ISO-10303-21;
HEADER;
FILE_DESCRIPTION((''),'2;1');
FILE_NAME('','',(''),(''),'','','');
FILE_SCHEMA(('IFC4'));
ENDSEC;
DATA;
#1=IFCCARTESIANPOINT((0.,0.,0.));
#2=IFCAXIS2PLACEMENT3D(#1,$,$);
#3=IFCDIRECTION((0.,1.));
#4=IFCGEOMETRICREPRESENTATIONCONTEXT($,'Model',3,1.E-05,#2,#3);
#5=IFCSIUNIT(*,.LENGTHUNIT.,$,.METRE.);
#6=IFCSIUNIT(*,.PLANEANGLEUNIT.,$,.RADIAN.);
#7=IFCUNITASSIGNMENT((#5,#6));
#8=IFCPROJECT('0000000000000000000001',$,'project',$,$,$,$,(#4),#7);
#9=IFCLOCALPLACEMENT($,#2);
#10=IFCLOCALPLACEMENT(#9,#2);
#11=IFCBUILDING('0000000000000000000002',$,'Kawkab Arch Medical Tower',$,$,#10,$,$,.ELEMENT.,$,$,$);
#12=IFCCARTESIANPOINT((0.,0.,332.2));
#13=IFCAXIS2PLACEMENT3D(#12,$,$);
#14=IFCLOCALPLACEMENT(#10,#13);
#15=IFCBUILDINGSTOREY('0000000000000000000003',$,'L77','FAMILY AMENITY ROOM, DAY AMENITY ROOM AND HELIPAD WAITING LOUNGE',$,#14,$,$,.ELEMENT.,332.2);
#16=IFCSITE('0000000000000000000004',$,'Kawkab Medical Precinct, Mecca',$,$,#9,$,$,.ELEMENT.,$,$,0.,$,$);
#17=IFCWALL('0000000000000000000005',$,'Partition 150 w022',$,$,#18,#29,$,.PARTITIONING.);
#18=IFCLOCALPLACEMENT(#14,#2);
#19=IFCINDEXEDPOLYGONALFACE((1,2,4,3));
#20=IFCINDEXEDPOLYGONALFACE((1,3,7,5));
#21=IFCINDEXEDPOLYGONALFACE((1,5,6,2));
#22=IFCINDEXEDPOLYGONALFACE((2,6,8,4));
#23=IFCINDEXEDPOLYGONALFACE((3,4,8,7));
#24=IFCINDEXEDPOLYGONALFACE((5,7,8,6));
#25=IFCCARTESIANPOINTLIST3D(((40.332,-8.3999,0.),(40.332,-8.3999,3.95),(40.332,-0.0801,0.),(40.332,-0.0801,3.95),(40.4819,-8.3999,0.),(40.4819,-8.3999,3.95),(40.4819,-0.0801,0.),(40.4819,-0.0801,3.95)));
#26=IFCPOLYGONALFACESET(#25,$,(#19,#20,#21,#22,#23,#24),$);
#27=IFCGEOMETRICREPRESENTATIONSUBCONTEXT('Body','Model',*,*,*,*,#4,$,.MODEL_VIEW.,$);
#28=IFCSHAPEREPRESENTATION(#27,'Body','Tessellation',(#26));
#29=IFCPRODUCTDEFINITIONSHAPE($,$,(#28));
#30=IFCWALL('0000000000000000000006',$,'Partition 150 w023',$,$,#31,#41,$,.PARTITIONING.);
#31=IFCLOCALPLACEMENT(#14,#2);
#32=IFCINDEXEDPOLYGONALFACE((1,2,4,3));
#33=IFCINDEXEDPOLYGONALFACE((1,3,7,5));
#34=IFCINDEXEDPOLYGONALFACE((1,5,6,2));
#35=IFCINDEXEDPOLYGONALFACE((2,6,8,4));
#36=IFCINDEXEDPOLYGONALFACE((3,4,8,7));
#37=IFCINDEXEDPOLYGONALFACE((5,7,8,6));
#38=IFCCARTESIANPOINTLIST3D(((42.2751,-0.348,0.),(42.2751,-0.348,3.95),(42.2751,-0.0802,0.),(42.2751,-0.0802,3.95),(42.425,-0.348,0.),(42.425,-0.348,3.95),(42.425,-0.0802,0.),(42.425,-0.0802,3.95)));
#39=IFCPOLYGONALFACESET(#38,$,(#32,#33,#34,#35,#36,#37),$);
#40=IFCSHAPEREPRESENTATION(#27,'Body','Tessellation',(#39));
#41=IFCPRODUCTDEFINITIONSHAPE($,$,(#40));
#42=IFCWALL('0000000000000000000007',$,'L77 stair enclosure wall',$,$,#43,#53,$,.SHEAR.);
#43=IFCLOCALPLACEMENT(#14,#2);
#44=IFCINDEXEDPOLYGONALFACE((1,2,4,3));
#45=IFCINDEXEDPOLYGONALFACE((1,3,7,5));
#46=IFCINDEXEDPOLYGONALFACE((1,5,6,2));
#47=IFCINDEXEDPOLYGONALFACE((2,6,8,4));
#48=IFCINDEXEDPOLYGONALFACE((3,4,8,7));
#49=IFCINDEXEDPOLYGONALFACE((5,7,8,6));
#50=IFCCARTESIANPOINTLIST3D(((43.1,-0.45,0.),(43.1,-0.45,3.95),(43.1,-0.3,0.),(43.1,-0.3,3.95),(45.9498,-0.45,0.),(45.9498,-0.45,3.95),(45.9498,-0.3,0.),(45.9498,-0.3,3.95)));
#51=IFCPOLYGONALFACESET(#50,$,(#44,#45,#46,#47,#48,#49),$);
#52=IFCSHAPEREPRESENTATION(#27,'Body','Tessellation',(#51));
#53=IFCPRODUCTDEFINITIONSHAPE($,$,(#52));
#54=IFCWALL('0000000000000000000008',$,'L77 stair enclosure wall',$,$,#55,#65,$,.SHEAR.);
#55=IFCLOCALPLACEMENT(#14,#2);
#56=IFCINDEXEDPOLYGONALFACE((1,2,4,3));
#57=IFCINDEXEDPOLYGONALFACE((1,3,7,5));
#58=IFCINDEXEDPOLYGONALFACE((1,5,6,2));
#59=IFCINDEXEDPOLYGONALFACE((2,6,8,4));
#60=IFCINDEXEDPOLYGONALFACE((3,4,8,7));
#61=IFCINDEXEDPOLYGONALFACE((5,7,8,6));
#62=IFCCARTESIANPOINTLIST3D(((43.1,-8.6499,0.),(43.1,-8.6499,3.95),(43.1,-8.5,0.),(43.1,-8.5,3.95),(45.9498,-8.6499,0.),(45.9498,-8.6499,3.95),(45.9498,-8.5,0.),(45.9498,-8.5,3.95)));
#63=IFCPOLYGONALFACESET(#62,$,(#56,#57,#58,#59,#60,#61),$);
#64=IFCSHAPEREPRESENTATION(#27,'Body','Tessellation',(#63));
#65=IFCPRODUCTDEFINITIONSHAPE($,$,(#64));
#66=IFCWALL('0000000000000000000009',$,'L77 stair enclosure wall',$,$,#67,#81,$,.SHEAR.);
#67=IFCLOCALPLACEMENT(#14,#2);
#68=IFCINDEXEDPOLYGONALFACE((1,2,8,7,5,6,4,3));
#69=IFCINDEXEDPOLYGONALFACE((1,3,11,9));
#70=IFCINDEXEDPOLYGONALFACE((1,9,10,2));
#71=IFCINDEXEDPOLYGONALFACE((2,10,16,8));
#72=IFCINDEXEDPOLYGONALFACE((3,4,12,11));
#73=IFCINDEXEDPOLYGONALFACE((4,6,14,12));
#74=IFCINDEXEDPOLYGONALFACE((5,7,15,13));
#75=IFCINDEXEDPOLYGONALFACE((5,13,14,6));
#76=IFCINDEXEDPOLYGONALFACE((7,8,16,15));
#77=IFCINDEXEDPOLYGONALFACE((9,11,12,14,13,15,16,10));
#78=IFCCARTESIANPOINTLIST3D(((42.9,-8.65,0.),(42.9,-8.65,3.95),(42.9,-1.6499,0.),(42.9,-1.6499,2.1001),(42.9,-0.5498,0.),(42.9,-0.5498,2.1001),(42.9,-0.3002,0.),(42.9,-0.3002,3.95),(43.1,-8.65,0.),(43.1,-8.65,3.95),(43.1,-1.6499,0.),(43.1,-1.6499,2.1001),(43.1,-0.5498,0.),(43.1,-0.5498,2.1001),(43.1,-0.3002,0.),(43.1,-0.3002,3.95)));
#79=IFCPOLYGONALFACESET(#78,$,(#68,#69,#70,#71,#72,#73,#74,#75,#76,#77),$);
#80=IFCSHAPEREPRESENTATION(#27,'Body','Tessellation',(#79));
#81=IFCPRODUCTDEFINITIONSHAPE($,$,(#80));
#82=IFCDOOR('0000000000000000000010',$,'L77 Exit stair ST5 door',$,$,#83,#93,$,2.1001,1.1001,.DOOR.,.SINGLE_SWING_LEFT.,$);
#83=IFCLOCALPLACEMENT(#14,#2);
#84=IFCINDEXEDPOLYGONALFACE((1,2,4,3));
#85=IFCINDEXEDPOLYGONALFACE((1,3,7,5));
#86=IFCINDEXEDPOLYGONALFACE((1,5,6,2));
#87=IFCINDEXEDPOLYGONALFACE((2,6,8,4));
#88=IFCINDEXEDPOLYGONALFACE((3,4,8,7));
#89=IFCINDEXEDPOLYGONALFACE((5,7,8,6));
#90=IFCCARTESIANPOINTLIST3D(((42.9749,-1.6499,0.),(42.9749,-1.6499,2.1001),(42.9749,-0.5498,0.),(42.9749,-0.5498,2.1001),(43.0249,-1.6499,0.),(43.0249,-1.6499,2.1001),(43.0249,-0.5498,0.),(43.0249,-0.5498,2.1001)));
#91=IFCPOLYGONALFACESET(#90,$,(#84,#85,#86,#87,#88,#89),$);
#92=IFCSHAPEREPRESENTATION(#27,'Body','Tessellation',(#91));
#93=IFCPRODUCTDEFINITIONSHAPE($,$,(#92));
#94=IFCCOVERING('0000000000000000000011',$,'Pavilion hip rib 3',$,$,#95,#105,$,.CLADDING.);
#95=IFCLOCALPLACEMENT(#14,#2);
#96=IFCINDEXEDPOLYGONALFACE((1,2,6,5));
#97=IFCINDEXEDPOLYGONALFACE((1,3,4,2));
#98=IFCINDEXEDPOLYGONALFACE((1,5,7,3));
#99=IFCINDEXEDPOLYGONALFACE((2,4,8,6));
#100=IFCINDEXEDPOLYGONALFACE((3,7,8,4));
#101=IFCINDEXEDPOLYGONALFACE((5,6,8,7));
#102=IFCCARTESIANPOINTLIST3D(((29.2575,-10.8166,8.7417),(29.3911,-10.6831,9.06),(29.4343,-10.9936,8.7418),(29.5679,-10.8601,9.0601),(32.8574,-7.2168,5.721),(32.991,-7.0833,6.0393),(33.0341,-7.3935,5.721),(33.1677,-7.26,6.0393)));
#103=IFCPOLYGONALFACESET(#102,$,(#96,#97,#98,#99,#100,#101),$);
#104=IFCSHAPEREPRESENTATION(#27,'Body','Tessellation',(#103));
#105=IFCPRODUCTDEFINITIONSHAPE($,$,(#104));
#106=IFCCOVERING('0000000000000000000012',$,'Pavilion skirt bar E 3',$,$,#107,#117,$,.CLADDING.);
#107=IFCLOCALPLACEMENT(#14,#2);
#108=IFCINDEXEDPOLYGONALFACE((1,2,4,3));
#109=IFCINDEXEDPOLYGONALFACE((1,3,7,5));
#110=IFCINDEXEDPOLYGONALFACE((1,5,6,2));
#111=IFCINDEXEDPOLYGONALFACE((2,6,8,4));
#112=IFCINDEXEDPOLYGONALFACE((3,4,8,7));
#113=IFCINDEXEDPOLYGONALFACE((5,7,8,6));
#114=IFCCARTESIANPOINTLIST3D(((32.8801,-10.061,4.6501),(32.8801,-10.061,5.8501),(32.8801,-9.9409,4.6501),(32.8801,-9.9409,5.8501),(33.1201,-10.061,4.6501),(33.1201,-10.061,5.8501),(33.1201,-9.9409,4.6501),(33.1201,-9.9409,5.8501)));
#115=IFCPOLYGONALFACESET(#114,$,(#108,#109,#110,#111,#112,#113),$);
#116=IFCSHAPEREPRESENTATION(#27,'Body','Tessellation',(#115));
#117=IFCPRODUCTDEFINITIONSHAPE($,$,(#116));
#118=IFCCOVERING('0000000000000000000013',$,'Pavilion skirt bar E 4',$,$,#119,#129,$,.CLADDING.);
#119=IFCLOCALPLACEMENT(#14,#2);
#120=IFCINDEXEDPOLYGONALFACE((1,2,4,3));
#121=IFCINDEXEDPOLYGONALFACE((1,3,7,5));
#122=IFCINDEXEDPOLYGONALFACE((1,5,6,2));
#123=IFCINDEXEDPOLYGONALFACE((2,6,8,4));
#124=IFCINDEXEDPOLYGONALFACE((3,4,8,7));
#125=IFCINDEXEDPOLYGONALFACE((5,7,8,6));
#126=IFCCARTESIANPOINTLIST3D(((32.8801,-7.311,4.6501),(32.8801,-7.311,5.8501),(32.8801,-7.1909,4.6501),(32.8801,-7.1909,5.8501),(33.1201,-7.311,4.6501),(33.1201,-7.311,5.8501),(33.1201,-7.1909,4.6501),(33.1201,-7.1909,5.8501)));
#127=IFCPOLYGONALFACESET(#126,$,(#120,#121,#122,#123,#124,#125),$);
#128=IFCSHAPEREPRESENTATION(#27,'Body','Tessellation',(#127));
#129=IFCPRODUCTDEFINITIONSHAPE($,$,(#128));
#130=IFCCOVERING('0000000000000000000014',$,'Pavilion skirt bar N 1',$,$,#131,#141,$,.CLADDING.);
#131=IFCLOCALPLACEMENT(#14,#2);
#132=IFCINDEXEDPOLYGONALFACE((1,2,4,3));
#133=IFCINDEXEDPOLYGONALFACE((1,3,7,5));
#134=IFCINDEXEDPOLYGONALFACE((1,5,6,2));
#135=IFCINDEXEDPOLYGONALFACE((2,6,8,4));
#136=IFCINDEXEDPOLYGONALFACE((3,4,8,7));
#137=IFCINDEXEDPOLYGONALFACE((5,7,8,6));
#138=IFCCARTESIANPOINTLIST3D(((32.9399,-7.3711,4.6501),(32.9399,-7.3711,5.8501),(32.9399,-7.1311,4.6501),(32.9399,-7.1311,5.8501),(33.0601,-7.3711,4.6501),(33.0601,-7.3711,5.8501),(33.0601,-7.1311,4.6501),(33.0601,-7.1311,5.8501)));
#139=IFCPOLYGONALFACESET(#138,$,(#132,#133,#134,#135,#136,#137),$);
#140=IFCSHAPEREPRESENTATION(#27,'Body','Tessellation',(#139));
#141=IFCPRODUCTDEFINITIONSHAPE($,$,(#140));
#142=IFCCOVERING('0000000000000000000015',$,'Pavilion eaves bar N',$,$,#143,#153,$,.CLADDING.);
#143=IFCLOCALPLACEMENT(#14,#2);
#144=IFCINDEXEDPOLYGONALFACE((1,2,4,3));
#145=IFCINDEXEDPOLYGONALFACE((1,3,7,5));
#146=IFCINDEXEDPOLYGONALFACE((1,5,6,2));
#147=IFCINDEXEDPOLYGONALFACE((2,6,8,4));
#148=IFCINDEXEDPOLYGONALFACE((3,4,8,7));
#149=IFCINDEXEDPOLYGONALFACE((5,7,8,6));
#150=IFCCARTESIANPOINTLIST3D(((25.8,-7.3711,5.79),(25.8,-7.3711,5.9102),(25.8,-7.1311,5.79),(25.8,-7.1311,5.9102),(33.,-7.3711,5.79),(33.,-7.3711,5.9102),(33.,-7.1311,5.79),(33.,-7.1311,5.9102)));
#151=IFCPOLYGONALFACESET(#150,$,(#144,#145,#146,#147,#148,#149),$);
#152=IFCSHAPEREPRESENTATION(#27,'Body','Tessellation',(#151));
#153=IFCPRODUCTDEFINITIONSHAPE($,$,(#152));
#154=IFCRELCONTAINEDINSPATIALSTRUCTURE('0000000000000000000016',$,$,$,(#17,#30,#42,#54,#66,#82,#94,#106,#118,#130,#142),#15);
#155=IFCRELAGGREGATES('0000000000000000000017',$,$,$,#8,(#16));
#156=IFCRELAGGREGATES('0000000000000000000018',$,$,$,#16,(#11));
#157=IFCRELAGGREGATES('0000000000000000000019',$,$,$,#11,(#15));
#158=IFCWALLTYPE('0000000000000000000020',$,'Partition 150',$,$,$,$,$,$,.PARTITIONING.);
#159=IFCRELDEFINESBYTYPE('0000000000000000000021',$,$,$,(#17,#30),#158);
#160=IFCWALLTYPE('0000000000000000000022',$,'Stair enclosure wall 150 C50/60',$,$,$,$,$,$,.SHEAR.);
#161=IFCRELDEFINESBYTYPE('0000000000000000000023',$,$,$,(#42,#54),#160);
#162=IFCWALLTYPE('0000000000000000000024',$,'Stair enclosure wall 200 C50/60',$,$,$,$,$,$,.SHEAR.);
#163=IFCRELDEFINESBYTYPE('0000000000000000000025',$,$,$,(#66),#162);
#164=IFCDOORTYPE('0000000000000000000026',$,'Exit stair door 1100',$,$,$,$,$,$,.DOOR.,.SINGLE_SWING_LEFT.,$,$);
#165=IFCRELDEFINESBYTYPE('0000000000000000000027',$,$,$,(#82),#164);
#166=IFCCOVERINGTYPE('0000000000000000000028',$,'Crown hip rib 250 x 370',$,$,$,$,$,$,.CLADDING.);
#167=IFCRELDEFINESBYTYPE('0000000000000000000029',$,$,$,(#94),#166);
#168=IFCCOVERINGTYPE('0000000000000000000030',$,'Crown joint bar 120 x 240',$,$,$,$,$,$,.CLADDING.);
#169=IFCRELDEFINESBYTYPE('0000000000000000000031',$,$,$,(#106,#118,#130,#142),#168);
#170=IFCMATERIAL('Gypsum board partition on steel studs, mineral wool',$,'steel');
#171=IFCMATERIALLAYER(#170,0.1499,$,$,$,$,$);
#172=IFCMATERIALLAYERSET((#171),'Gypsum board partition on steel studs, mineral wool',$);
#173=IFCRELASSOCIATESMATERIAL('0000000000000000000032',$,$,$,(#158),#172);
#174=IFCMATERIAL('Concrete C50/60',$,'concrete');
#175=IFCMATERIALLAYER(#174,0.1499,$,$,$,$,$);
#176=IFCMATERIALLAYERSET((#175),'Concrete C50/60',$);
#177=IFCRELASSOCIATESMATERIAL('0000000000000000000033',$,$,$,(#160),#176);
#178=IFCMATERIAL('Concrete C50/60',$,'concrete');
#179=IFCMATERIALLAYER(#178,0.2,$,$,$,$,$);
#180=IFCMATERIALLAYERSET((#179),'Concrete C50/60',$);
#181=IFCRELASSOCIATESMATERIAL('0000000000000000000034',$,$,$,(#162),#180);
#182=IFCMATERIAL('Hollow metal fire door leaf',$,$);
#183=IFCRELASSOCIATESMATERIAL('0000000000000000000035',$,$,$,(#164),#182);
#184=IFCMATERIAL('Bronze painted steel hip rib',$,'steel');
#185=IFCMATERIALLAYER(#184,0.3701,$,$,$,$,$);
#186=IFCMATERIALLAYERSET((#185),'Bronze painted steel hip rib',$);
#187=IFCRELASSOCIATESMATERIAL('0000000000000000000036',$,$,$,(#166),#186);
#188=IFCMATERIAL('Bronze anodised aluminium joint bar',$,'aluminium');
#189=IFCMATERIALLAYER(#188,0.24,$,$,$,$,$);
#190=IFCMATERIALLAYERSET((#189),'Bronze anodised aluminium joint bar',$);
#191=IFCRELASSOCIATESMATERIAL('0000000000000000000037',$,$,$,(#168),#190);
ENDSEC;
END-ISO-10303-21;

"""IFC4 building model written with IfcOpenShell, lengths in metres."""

from ifc_helpers import new_model, si_unit, direction, frame, frame_2d, origin, place, context, subcontext, project, spatial, polyline, rectangle, outline, extrude, material, layer, layer_set, type_object, element, fill, save


model = new_model("IFC4")

# Units and contexts
model_context = context("Model", 3, precision=1e-05, world=origin(), true_north=direction((0.0, 1.0)))
body_context = subcontext(model_context, "Body", "Model", "MODEL_VIEW")
ifc_project = project(units=[si_unit("LENGTHUNIT", "METRE"), si_unit("PLANEANGLEUNIT", "RADIAN")], contexts=[model_context])

# Site, building, storey
site_placement = place(None, origin())
site = spatial("IfcSite", under=ifc_project, at=site_placement, Name="Kawkab Medical Precinct, Mecca", CompositionType="ELEMENT", RefElevation=0.0)
building_placement = place(site_placement, origin())
building = spatial("IfcBuilding", under=site, at=building_placement, Name="Kawkab Arch Medical Tower", CompositionType="ELEMENT")
storey_placement = place(building_placement, frame((0.0, 0.0, 332.2)))
storey = spatial("IfcBuildingStorey", under=building, at=storey_placement, Name="L77", Description="FAMILY AMENITY ROOM, DAY AMENITY ROOM AND HELIPAD WAITING LOUNGE", CompositionType="ELEMENT", Elevation=332.2)

# Walls
ifc_material_1 = material(Name="Gypsum board partition on steel studs, mineral wool", Category="steel")
ifc_layer_1 = layer(ifc_material_1, 0.1499)
ifc_layer_set_1 = layer_set([ifc_layer_1], Name="Gypsum board partition on steel studs, mineral wool")
wall_type_1 = type_object("IfcWallType", Name="Partition 150", PredefinedType="PARTITIONING", material=ifc_layer_set_1)
wall_1_placement = place(storey_placement, frame((40.407, -8.3999, 0.0), z_axis=(0.0, 0.0, 1.0), x_axis=(0.0, 1.0, 0.0)))
element("IfcWall", 1, at=wall_1_placement, inside=storey, type_object=wall_type_1, Name="Partition 150 w022", PredefinedType="PARTITIONING", context=body_context, shape_type="SweptSolid", body=[
    extrude(rectangle(XDim=8.3198, YDim=0.1499, at=frame_2d((4.1599, 0.0))), origin(), (0.0, 0.0, 1.0), 3.95),
])
wall_2_placement = place(storey_placement, frame((42.3501, -0.3479, 0.0), z_axis=(0.0, 0.0, 1.0), x_axis=(0.0, 1.0, 0.0)))
element("IfcWall", 2, at=wall_2_placement, inside=storey, type_object=wall_type_1, Name="Partition 150 w023", PredefinedType="PARTITIONING", context=body_context, shape_type="SweptSolid", body=[
    extrude(rectangle(XDim=0.2678, YDim=0.1499, at=frame_2d((0.1338, 0.0))), origin(), (0.0, 0.0, 1.0), 3.95),
])
ifc_material_2 = material(Name="Concrete C50/60", Category="concrete")
ifc_layer_2 = layer(ifc_material_2, 0.1499)
ifc_layer_set_2 = layer_set([ifc_layer_2], Name="Concrete C50/60")
wall_type_2 = type_object("IfcWallType", Name="Stair enclosure wall 150 C50/60", PredefinedType="SHEAR", material=ifc_layer_set_2)
for number, where, z_axis, x_axis, name in (
    (3, (43.1001, -0.375, 0.0), (0.0, 0.0, 1.0), (1.0, 0.0, 0.0), "L77 stair enclosure wall"),
    (4, (43.1001, -8.575, 0.0), (0.0, 0.0, 1.0), (1.0, 0.0, 0.0), "L77 stair enclosure wall"),
):
    element("IfcWall", number, at=place(storey_placement, frame(where, z_axis=z_axis, x_axis=x_axis)), inside=storey, type_object=wall_type_2, Name=name, PredefinedType="SHEAR", context=body_context, shape_type="SweptSolid", body=[
        extrude(rectangle(XDim=2.8499, YDim=0.1499, at=frame_2d((1.4248, 0.0))), origin(), (0.0, 0.0, 1.0), 3.95),
    ])

# Wall, opening, door
ifc_material_3 = material(Name="Concrete C50/60", Category="concrete")
ifc_layer_3 = layer(ifc_material_3, 0.2)
ifc_layer_set_3 = layer_set([ifc_layer_3], Name="Concrete C50/60")
wall_type_3 = type_object("IfcWallType", Name="Stair enclosure wall 200 C50/60", PredefinedType="SHEAR", material=ifc_layer_set_3)
wall_3_placement = place(storey_placement, frame((43.0, -8.6499, 0.0), z_axis=(0.0, 0.0, 1.0), x_axis=(0.0, 1.0, 0.0)))
wall_3 = element("IfcWall", 5, at=wall_3_placement, inside=storey, type_object=wall_type_3, Name="L77 stair enclosure wall", PredefinedType="SHEAR", context=body_context, shape_type="SweptSolid", body=[
    extrude(rectangle(XDim=8.3499, YDim=0.2, at=frame_2d((4.1748, 0.0))), origin(), (0.0, 0.0, 1.0), 3.95),
])
opening_placement = place(wall_3_placement, frame((7.0, 0.0, 0.0)))
opening = element("IfcOpeningElement", 6, at=opening_placement, cuts=wall_3, PredefinedType="OPENING", context=body_context, shape_type="SweptSolid", body=[
    extrude(rectangle(XDim=1.1001, YDim=2.1001, at=frame_2d((0.55, 1.05))), frame((0.0, 0.1099, 0.0), z_axis=(0.0, -1.0, 0.0), x_axis=(1.0, 0.0, 0.0)), (0.0, 0.0, 1.0), 0.22),
])
ifc_material_4 = material(Name="Hollow metal fire door leaf")
door_type = type_object("IfcDoorType", Name="Exit stair door 1100", OperationType="SINGLE_SWING_LEFT", PredefinedType="DOOR", material=ifc_material_4)
door_placement = place(opening_placement, frame((1.1001, 0.0, 0.0), z_axis=(0.0, 0.0, 1.0), x_axis=(-1.0, 0.0, 0.0)))
door = element("IfcDoor", 7, at=door_placement, inside=storey, type_object=door_type, Name="L77 Exit stair ST5 door", OperationType="SINGLE_SWING_LEFT", OverallHeight=2.1001, OverallWidth=1.1001, PredefinedType="DOOR", context=body_context, shape_type="SweptSolid", body=[
    extrude(rectangle(XDim=1.1001, YDim=2.1001, at=frame_2d((0.55, 1.05))), frame((0.0, 0.0249, 0.0), z_axis=(0.0, -1.0, 0.0), x_axis=(1.0, 0.0, 0.0)), (0.0, 0.0, 1.0), 0.05),
])
fill(opening, door)

# Coverings
ifc_material_5 = material(Name="Bronze painted steel hip rib", Category="steel")
ifc_layer_4 = layer(ifc_material_5, 0.3701)
ifc_layer_set_4 = layer_set([ifc_layer_4], Name="Bronze painted steel hip rib")
covering_type_1 = type_object("IfcCoveringType", Name="Crown hip rib 250 x 370", PredefinedType="CLADDING", material=ifc_layer_set_4)
covering_1_placement = place(storey_placement, frame((32.991, -7.0833, 6.0393), z_axis=(0.360948, 0.360699, 0.860007), x_axis=(-0.608117, -0.608117, 0.510282)))
element("IfcCovering", 8, at=covering_1_placement, inside=storey, type_object=covering_type_1, Name="Pavilion hip rib 3", PredefinedType="CLADDING", context=body_context, shape_type="SweptSolid", body=[
    extrude(outline(polyline([(0.0, 0.0), (5.9197, 0.0), (5.9198, 0.2501), (0.0, 0.25), (0.0, 0.0)])), origin(), (0.0, 0.0, -1.0), 0.3701),
])
ifc_material_6 = material(Name="Bronze anodised aluminium joint bar", Category="aluminium")
ifc_layer_5 = layer(ifc_material_6, 0.24)
ifc_layer_set_5 = layer_set([ifc_layer_5], Name="Bronze anodised aluminium joint bar")
covering_type_2 = type_object("IfcCoveringType", Name="Crown joint bar 120 x 240", PredefinedType="CLADDING", material=ifc_layer_set_5)
for number, where, z_axis, x_axis, name in (
    (9, (33.1201, -9.9409, 4.6501), (1.0, 0.0, 0.0), (0.0, 0.0, 1.0), "Pavilion skirt bar E 3"),
    (10, (33.1201, -7.1909, 4.6501), (1.0, 0.0, 0.0), (0.0, 0.0, 1.0), "Pavilion skirt bar E 4"),
    (11, (32.9399, -7.1311, 4.6501), (0.0, 1.0, 0.0), (0.0, 0.0, 1.0), "Pavilion skirt bar N 1"),
):
    element("IfcCovering", number, at=place(storey_placement, frame(where, z_axis=z_axis, x_axis=x_axis)), inside=storey, type_object=covering_type_2, Name=name, PredefinedType="CLADDING", context=body_context, shape_type="SweptSolid", body=[
        extrude(outline(polyline([(0.0, 0.0), (1.2, 0.0), (1.2, 0.1201), (0.0, 0.1201), (0.0, 0.0)])), origin(), (0.0, 0.0, -1.0), 0.24),
    ])
covering_2_placement = place(storey_placement, frame((33.0, -7.1311, 5.79), z_axis=(0.0, 1.0, 0.0), x_axis=(-1.0, 0.0, 0.0)))
element("IfcCovering", 12, at=covering_2_placement, inside=storey, type_object=covering_type_2, Name="Pavilion eaves bar N", PredefinedType="CLADDING", context=body_context, shape_type="SweptSolid", body=[
    extrude(outline(polyline([(0.0, 0.0), (7.2, 0.0), (7.2, 0.1201), (0.0, 0.1201), (0.0, 0.0)])), origin(), (0.0, 0.0, -1.0), 0.24),
])

save(model, "model.ifc")
